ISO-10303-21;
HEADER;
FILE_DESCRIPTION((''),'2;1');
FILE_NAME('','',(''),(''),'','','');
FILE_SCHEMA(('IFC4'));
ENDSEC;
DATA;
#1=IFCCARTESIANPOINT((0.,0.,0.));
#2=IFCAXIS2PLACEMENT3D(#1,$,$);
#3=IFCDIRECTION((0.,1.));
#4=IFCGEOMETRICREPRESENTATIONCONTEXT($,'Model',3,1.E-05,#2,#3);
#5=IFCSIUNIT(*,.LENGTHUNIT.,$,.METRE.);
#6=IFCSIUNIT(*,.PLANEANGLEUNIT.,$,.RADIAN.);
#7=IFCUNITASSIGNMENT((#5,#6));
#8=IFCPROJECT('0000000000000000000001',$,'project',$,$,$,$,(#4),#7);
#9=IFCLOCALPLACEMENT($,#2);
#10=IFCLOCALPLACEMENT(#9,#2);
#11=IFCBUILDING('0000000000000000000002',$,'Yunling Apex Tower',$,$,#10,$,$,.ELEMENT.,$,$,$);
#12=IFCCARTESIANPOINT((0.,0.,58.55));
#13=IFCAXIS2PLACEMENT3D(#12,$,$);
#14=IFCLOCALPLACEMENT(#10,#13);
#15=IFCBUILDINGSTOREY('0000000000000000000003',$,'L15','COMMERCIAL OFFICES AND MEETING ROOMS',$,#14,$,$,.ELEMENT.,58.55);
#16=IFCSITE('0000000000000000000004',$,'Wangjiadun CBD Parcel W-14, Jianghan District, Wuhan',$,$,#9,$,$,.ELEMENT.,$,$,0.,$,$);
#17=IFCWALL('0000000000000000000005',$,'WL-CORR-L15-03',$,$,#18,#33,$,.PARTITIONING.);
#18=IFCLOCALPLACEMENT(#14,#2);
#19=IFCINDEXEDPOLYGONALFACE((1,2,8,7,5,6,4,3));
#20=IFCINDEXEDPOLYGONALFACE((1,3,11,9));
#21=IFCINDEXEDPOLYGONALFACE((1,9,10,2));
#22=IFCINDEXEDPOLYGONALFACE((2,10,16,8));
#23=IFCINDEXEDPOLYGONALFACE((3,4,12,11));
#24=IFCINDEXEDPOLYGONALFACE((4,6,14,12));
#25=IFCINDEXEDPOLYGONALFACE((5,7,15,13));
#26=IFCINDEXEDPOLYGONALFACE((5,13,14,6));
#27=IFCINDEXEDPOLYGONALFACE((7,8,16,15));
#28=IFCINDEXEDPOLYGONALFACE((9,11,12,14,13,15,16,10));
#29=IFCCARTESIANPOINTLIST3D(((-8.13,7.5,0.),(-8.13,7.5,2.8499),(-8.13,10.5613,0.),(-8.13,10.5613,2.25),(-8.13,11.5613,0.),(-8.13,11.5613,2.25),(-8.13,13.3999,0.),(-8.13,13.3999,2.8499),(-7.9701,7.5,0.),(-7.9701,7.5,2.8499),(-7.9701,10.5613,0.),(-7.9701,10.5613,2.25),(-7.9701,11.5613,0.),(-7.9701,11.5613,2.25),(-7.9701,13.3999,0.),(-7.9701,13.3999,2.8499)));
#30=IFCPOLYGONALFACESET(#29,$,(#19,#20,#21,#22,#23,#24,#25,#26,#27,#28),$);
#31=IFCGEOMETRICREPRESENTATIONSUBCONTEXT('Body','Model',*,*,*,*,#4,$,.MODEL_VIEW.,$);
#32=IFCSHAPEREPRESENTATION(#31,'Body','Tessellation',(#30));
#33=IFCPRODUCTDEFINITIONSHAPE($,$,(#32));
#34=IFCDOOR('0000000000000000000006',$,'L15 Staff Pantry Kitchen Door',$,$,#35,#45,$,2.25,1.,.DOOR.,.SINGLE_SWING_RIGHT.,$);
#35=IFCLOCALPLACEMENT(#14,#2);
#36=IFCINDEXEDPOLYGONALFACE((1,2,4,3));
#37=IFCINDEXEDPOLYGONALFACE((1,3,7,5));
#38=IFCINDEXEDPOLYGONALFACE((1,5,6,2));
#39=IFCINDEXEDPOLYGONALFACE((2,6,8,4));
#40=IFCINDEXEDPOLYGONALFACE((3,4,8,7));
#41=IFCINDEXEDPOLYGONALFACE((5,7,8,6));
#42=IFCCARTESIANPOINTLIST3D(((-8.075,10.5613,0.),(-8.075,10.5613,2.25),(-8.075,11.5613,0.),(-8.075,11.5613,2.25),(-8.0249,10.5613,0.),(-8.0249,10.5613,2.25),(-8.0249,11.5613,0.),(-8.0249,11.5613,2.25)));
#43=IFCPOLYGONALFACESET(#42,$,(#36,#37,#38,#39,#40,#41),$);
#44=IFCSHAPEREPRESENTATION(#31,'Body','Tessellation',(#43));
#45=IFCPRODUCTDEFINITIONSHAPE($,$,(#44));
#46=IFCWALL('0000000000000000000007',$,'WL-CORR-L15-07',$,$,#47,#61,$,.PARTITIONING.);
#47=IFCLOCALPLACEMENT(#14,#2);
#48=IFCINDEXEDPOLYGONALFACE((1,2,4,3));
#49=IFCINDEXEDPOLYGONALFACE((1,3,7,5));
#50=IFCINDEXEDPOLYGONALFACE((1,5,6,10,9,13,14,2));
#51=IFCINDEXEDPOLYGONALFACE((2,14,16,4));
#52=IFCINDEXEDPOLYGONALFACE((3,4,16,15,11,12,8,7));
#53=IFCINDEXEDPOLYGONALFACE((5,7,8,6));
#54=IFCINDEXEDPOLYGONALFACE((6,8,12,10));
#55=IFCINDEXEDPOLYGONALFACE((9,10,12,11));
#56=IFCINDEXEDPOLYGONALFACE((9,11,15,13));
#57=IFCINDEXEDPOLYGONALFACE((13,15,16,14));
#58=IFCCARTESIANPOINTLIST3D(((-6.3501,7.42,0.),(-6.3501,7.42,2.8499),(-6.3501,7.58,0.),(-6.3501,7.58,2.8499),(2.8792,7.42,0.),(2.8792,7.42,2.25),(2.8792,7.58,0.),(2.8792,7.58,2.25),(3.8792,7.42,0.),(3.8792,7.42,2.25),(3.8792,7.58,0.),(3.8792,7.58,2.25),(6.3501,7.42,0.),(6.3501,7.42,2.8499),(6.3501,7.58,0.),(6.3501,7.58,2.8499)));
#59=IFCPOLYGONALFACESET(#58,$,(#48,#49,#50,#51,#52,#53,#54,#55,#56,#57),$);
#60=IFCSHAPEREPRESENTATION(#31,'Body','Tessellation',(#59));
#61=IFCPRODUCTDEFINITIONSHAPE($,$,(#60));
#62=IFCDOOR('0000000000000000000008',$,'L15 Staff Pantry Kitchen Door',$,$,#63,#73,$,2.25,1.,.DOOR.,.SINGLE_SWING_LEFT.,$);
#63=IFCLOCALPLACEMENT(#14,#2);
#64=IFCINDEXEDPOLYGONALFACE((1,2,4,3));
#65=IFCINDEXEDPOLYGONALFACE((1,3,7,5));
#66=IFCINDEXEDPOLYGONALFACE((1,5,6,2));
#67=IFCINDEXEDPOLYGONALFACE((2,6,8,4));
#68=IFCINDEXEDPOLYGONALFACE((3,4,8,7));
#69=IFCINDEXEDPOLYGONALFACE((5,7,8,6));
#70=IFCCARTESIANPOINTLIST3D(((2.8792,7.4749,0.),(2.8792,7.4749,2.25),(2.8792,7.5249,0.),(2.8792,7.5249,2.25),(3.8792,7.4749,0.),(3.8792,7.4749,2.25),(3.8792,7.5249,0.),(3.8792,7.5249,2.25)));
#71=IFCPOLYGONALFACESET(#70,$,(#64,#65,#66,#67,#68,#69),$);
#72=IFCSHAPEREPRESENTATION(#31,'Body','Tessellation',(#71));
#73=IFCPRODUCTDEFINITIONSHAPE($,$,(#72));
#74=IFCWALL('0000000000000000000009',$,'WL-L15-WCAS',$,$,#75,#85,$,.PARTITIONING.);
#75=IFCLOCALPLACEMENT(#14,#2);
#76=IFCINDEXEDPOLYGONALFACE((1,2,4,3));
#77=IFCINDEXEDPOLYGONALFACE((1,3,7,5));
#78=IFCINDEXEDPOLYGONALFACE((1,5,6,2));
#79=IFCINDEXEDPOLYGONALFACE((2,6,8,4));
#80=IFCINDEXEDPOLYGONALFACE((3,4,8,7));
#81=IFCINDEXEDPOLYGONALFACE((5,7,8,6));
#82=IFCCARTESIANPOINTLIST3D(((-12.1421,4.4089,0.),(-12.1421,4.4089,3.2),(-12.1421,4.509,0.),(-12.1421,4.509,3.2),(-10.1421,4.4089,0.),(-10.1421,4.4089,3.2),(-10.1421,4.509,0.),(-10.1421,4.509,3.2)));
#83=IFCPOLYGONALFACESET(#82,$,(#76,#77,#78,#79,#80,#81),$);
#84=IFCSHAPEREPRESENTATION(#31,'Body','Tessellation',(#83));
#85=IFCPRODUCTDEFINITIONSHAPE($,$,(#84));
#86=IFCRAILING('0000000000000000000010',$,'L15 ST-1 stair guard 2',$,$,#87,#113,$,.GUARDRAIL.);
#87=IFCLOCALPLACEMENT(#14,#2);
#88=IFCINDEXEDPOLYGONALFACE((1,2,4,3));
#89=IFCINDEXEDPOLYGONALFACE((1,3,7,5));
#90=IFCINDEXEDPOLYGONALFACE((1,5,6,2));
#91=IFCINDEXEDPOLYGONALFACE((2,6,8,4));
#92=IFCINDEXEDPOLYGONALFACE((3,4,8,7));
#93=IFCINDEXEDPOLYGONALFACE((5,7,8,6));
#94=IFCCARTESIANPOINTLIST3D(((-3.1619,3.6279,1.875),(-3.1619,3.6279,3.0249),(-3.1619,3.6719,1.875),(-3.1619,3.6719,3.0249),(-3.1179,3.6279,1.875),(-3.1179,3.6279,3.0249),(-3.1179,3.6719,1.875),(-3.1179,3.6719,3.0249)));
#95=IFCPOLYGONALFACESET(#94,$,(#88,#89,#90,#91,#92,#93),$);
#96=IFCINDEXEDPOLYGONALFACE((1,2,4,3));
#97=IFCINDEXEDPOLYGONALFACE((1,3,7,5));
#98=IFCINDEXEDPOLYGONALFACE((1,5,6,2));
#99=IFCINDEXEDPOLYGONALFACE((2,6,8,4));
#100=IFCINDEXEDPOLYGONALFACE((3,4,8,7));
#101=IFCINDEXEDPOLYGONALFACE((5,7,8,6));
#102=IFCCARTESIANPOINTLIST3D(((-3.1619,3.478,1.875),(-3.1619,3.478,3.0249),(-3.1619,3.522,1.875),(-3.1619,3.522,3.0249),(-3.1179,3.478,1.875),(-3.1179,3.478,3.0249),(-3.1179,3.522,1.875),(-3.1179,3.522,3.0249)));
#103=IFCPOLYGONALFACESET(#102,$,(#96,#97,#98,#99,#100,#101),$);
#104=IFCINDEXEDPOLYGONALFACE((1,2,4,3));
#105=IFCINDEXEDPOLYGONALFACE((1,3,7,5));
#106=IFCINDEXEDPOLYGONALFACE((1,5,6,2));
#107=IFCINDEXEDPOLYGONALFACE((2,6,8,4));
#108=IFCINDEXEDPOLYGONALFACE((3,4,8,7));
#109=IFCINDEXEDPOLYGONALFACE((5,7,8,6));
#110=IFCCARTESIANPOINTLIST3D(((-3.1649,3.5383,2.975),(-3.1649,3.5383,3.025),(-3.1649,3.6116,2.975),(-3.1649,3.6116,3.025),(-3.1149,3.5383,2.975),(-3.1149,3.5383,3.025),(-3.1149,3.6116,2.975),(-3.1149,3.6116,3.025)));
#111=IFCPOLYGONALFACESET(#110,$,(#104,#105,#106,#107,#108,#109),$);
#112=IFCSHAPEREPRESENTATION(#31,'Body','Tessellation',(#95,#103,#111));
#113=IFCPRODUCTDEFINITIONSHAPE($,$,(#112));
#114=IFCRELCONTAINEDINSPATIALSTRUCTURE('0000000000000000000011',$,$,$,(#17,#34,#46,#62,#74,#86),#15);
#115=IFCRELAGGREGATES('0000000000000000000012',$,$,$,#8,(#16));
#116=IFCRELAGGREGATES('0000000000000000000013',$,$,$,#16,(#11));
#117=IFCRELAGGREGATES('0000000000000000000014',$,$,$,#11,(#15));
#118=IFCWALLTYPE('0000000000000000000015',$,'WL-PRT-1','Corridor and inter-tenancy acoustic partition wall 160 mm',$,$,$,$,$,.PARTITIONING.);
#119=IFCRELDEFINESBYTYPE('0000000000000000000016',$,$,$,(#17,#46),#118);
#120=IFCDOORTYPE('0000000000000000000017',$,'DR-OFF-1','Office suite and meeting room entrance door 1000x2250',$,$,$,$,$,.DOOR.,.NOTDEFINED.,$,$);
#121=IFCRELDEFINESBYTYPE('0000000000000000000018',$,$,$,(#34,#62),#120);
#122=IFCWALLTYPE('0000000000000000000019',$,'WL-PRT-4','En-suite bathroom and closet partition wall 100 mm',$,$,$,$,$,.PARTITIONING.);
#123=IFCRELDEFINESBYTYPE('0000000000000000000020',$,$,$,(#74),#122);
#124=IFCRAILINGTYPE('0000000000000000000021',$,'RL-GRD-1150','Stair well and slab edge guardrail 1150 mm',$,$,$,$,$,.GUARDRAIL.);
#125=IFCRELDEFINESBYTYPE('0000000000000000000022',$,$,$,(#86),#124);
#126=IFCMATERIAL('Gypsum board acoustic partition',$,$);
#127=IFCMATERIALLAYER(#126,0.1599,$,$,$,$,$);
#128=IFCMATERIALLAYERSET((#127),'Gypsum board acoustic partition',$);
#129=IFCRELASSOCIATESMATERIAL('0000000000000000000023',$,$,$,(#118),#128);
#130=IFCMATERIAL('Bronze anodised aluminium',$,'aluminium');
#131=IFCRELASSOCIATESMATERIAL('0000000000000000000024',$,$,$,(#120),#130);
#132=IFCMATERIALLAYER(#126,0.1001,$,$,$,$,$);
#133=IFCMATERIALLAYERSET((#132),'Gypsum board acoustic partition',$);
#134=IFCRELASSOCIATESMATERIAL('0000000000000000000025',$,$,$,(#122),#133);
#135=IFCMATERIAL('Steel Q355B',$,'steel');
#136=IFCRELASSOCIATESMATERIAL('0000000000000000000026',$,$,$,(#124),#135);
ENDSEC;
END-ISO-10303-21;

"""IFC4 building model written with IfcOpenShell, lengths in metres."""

from ifc_helpers import new_model, si_unit, direction, frame, frame_2d, origin, origin_2d, place, context, subcontext, project, spatial, rectangle, extrude, material, layer, layer_set, type_object, element, fill, save


model = new_model("IFC4")

# Units and contexts
model_context = context("Model", 3, precision=1e-05, world=origin(), true_north=direction((0.0, 1.0)))
body_context = subcontext(model_context, "Body", "Model", "MODEL_VIEW")
ifc_project = project(units=[si_unit("LENGTHUNIT", "METRE"), si_unit("PLANEANGLEUNIT", "RADIAN")], contexts=[model_context])

# Site, building, storey
site_placement = place(None, origin())
site = spatial("IfcSite", under=ifc_project, at=site_placement, Name="Wangjiadun CBD Parcel W-14, Jianghan District, Wuhan", CompositionType="ELEMENT", RefElevation=0.0)
building_placement = place(site_placement, origin())
building = spatial("IfcBuilding", under=site, at=building_placement, Name="Yunling Apex Tower", CompositionType="ELEMENT")
storey_placement = place(building_placement, frame((0.0, 0.0, 58.55)))
storey = spatial("IfcBuildingStorey", under=building, at=storey_placement, Name="L15", Description="COMMERCIAL OFFICES AND MEETING ROOMS", CompositionType="ELEMENT", Elevation=58.55)

# Shared definitions
ifc_material_1 = material(Name="Steel Q355B", Category="steel")

# Walls, openings, doors
ifc_material_2 = material(Name="Gypsum board acoustic partition")
ifc_layer_1 = layer(ifc_material_2, 0.1599)
ifc_layer_set_1 = layer_set([ifc_layer_1], Name="Gypsum board acoustic partition")
wall_type_1 = type_object("IfcWallType", Name="WL-PRT-1", Description="Corridor and inter-tenancy acoustic partition wall 160 mm", PredefinedType="PARTITIONING", material=ifc_layer_set_1)
wall_1_placement = place(storey_placement, frame((-8.05, 7.5, 0.0), z_axis=(0.0, 0.0, 1.0), x_axis=(0.0, 1.0, 0.0)))
wall_1 = element("IfcWall", 1, at=wall_1_placement, inside=storey, type_object=wall_type_1, Name="WL-CORR-L15-03", PredefinedType="PARTITIONING", context=body_context, shape_type="SweptSolid", body=[
    extrude(rectangle(XDim=5.8999, YDim=0.1599, at=frame_2d((2.95, 0.0))), origin(), (0.0, 0.0, 1.0), 2.8499),
])
opening_1_placement = place(wall_1_placement, frame((3.0613, 0.0, 0.0)))
opening_1 = element("IfcOpeningElement", 2, at=opening_1_placement, cuts=wall_1, PredefinedType="OPENING", context=body_context, shape_type="SweptSolid", body=[
    extrude(rectangle(XDim=1.0, YDim=2.25, at=frame_2d((0.5, 1.125))), frame((0.0, 0.0898, 0.0), z_axis=(0.0, -1.0, 0.0), x_axis=(1.0, 0.0, 0.0)), (0.0, 0.0, 1.0), 0.1799),
])
ifc_material_3 = material(Name="Bronze anodised aluminium", Category="aluminium")
door_type_1 = type_object("IfcDoorType", Name="DR-OFF-1", Description="Office suite and meeting room entrance door 1000x2250", OperationType="NOTDEFINED", PredefinedType="DOOR", material=ifc_material_3)
door_1_placement = place(opening_1_placement, origin())
door_1 = element("IfcDoor", 3, at=door_1_placement, inside=storey, type_object=door_type_1, Name="L15 Staff Pantry Kitchen Door", OperationType="SINGLE_SWING_RIGHT", OverallHeight=2.25, OverallWidth=1.0, PredefinedType="DOOR", context=body_context, shape_type="SweptSolid", body=[
    extrude(rectangle(XDim=1.0, YDim=2.25, at=frame_2d((0.5, 1.125))), frame((0.0, 0.0249, 0.0), z_axis=(0.0, -1.0, 0.0), x_axis=(1.0, 0.0, 0.0)), (0.0, 0.0, 1.0), 0.05),
])
fill(opening_1, door_1)
wall_2_placement = place(storey_placement, frame((-6.3501, 7.5, 0.0), z_axis=(0.0, 0.0, 1.0), x_axis=(1.0, 0.0, 0.0)))
wall_2 = element("IfcWall", 4, at=wall_2_placement, inside=storey, type_object=wall_type_1, Name="WL-CORR-L15-07", PredefinedType="PARTITIONING", context=body_context, shape_type="SweptSolid", body=[
    extrude(rectangle(XDim=12.7002, YDim=0.1599, at=frame_2d((6.3501, 0.0))), origin(), (0.0, 0.0, 1.0), 2.8499),
])
opening_2_placement = place(wall_2_placement, frame((9.2292, 0.0, 0.0)))
opening_2 = element("IfcOpeningElement", 5, at=opening_2_placement, cuts=wall_2, PredefinedType="OPENING", context=body_context, shape_type="SweptSolid", body=[
    extrude(rectangle(XDim=1.0, YDim=2.25, at=frame_2d((0.5, 1.125))), frame((0.0, 0.0898, 0.0), z_axis=(0.0, -1.0, 0.0), x_axis=(1.0, 0.0, 0.0)), (0.0, 0.0, 1.0), 0.1799),
])
door_2_placement = place(opening_2_placement, origin())
door_2 = element("IfcDoor", 6, at=door_2_placement, inside=storey, type_object=door_type_1, Name="L15 Staff Pantry Kitchen Door", OperationType="SINGLE_SWING_LEFT", OverallHeight=2.25, OverallWidth=1.0, PredefinedType="DOOR", context=body_context, shape_type="SweptSolid", body=[
    extrude(rectangle(XDim=1.0, YDim=2.25, at=frame_2d((0.5, 1.125))), frame((0.0, 0.0249, 0.0), z_axis=(0.0, -1.0, 0.0), x_axis=(1.0, 0.0, 0.0)), (0.0, 0.0, 1.0), 0.05),
])
fill(opening_2, door_2)

# Wall
ifc_layer_2 = layer(ifc_material_2, 0.1001)
ifc_layer_set_2 = layer_set([ifc_layer_2], Name="Gypsum board acoustic partition")
wall_type_2 = type_object("IfcWallType", Name="WL-PRT-4", Description="En-suite bathroom and closet partition wall 100 mm", PredefinedType="PARTITIONING", material=ifc_layer_set_2)
wall_3_placement = place(storey_placement, frame((-10.1421, 4.459, 0.0), z_axis=(0.0, 0.0, 1.0), x_axis=(-1.0, 0.0, 0.0)))
element("IfcWall", 7, at=wall_3_placement, inside=storey, type_object=wall_type_2, Name="WL-L15-WCAS", PredefinedType="PARTITIONING", context=body_context, shape_type="SweptSolid", body=[
    extrude(rectangle(XDim=2.0, YDim=0.1001, at=frame_2d((1.0, 0.0))), origin(), (0.0, 0.0, 1.0), 3.2),
])

# Railing
railing_type = type_object("IfcRailingType", Name="RL-GRD-1150", Description="Stair well and slab edge guardrail 1150 mm", PredefinedType="GUARDRAIL", material=ifc_material_1)
railing_placement = place(storey_placement, frame((-3.1399, 3.6499, 1.875)))
element("IfcRailing", 8, at=railing_placement, inside=storey, type_object=railing_type, Name="L15 ST-1 stair guard 2", PredefinedType="GUARDRAIL", context=body_context, shape_type="SweptSolid", body=[
    extrude(rectangle(XDim=0.0439, YDim=0.0439, at=origin_2d()), origin(), (0.0, 0.0, 1.0), 1.1499),
    extrude(rectangle(XDim=0.0439, YDim=0.0439, at=origin_2d()), frame((0.0, -0.1499, 0.0)), (0.0, 0.0, 1.0), 1.1499),
    extrude(rectangle(XDim=0.05, YDim=0.05, at=origin_2d()), frame((0.0, -0.0383, 1.125), z_axis=(0.0, -1.0, 0.0), x_axis=(1.0, 0.0, 0.0)), (0.0, 0.0, 1.0), 0.0732),
])

save(model, "model.ifc")
